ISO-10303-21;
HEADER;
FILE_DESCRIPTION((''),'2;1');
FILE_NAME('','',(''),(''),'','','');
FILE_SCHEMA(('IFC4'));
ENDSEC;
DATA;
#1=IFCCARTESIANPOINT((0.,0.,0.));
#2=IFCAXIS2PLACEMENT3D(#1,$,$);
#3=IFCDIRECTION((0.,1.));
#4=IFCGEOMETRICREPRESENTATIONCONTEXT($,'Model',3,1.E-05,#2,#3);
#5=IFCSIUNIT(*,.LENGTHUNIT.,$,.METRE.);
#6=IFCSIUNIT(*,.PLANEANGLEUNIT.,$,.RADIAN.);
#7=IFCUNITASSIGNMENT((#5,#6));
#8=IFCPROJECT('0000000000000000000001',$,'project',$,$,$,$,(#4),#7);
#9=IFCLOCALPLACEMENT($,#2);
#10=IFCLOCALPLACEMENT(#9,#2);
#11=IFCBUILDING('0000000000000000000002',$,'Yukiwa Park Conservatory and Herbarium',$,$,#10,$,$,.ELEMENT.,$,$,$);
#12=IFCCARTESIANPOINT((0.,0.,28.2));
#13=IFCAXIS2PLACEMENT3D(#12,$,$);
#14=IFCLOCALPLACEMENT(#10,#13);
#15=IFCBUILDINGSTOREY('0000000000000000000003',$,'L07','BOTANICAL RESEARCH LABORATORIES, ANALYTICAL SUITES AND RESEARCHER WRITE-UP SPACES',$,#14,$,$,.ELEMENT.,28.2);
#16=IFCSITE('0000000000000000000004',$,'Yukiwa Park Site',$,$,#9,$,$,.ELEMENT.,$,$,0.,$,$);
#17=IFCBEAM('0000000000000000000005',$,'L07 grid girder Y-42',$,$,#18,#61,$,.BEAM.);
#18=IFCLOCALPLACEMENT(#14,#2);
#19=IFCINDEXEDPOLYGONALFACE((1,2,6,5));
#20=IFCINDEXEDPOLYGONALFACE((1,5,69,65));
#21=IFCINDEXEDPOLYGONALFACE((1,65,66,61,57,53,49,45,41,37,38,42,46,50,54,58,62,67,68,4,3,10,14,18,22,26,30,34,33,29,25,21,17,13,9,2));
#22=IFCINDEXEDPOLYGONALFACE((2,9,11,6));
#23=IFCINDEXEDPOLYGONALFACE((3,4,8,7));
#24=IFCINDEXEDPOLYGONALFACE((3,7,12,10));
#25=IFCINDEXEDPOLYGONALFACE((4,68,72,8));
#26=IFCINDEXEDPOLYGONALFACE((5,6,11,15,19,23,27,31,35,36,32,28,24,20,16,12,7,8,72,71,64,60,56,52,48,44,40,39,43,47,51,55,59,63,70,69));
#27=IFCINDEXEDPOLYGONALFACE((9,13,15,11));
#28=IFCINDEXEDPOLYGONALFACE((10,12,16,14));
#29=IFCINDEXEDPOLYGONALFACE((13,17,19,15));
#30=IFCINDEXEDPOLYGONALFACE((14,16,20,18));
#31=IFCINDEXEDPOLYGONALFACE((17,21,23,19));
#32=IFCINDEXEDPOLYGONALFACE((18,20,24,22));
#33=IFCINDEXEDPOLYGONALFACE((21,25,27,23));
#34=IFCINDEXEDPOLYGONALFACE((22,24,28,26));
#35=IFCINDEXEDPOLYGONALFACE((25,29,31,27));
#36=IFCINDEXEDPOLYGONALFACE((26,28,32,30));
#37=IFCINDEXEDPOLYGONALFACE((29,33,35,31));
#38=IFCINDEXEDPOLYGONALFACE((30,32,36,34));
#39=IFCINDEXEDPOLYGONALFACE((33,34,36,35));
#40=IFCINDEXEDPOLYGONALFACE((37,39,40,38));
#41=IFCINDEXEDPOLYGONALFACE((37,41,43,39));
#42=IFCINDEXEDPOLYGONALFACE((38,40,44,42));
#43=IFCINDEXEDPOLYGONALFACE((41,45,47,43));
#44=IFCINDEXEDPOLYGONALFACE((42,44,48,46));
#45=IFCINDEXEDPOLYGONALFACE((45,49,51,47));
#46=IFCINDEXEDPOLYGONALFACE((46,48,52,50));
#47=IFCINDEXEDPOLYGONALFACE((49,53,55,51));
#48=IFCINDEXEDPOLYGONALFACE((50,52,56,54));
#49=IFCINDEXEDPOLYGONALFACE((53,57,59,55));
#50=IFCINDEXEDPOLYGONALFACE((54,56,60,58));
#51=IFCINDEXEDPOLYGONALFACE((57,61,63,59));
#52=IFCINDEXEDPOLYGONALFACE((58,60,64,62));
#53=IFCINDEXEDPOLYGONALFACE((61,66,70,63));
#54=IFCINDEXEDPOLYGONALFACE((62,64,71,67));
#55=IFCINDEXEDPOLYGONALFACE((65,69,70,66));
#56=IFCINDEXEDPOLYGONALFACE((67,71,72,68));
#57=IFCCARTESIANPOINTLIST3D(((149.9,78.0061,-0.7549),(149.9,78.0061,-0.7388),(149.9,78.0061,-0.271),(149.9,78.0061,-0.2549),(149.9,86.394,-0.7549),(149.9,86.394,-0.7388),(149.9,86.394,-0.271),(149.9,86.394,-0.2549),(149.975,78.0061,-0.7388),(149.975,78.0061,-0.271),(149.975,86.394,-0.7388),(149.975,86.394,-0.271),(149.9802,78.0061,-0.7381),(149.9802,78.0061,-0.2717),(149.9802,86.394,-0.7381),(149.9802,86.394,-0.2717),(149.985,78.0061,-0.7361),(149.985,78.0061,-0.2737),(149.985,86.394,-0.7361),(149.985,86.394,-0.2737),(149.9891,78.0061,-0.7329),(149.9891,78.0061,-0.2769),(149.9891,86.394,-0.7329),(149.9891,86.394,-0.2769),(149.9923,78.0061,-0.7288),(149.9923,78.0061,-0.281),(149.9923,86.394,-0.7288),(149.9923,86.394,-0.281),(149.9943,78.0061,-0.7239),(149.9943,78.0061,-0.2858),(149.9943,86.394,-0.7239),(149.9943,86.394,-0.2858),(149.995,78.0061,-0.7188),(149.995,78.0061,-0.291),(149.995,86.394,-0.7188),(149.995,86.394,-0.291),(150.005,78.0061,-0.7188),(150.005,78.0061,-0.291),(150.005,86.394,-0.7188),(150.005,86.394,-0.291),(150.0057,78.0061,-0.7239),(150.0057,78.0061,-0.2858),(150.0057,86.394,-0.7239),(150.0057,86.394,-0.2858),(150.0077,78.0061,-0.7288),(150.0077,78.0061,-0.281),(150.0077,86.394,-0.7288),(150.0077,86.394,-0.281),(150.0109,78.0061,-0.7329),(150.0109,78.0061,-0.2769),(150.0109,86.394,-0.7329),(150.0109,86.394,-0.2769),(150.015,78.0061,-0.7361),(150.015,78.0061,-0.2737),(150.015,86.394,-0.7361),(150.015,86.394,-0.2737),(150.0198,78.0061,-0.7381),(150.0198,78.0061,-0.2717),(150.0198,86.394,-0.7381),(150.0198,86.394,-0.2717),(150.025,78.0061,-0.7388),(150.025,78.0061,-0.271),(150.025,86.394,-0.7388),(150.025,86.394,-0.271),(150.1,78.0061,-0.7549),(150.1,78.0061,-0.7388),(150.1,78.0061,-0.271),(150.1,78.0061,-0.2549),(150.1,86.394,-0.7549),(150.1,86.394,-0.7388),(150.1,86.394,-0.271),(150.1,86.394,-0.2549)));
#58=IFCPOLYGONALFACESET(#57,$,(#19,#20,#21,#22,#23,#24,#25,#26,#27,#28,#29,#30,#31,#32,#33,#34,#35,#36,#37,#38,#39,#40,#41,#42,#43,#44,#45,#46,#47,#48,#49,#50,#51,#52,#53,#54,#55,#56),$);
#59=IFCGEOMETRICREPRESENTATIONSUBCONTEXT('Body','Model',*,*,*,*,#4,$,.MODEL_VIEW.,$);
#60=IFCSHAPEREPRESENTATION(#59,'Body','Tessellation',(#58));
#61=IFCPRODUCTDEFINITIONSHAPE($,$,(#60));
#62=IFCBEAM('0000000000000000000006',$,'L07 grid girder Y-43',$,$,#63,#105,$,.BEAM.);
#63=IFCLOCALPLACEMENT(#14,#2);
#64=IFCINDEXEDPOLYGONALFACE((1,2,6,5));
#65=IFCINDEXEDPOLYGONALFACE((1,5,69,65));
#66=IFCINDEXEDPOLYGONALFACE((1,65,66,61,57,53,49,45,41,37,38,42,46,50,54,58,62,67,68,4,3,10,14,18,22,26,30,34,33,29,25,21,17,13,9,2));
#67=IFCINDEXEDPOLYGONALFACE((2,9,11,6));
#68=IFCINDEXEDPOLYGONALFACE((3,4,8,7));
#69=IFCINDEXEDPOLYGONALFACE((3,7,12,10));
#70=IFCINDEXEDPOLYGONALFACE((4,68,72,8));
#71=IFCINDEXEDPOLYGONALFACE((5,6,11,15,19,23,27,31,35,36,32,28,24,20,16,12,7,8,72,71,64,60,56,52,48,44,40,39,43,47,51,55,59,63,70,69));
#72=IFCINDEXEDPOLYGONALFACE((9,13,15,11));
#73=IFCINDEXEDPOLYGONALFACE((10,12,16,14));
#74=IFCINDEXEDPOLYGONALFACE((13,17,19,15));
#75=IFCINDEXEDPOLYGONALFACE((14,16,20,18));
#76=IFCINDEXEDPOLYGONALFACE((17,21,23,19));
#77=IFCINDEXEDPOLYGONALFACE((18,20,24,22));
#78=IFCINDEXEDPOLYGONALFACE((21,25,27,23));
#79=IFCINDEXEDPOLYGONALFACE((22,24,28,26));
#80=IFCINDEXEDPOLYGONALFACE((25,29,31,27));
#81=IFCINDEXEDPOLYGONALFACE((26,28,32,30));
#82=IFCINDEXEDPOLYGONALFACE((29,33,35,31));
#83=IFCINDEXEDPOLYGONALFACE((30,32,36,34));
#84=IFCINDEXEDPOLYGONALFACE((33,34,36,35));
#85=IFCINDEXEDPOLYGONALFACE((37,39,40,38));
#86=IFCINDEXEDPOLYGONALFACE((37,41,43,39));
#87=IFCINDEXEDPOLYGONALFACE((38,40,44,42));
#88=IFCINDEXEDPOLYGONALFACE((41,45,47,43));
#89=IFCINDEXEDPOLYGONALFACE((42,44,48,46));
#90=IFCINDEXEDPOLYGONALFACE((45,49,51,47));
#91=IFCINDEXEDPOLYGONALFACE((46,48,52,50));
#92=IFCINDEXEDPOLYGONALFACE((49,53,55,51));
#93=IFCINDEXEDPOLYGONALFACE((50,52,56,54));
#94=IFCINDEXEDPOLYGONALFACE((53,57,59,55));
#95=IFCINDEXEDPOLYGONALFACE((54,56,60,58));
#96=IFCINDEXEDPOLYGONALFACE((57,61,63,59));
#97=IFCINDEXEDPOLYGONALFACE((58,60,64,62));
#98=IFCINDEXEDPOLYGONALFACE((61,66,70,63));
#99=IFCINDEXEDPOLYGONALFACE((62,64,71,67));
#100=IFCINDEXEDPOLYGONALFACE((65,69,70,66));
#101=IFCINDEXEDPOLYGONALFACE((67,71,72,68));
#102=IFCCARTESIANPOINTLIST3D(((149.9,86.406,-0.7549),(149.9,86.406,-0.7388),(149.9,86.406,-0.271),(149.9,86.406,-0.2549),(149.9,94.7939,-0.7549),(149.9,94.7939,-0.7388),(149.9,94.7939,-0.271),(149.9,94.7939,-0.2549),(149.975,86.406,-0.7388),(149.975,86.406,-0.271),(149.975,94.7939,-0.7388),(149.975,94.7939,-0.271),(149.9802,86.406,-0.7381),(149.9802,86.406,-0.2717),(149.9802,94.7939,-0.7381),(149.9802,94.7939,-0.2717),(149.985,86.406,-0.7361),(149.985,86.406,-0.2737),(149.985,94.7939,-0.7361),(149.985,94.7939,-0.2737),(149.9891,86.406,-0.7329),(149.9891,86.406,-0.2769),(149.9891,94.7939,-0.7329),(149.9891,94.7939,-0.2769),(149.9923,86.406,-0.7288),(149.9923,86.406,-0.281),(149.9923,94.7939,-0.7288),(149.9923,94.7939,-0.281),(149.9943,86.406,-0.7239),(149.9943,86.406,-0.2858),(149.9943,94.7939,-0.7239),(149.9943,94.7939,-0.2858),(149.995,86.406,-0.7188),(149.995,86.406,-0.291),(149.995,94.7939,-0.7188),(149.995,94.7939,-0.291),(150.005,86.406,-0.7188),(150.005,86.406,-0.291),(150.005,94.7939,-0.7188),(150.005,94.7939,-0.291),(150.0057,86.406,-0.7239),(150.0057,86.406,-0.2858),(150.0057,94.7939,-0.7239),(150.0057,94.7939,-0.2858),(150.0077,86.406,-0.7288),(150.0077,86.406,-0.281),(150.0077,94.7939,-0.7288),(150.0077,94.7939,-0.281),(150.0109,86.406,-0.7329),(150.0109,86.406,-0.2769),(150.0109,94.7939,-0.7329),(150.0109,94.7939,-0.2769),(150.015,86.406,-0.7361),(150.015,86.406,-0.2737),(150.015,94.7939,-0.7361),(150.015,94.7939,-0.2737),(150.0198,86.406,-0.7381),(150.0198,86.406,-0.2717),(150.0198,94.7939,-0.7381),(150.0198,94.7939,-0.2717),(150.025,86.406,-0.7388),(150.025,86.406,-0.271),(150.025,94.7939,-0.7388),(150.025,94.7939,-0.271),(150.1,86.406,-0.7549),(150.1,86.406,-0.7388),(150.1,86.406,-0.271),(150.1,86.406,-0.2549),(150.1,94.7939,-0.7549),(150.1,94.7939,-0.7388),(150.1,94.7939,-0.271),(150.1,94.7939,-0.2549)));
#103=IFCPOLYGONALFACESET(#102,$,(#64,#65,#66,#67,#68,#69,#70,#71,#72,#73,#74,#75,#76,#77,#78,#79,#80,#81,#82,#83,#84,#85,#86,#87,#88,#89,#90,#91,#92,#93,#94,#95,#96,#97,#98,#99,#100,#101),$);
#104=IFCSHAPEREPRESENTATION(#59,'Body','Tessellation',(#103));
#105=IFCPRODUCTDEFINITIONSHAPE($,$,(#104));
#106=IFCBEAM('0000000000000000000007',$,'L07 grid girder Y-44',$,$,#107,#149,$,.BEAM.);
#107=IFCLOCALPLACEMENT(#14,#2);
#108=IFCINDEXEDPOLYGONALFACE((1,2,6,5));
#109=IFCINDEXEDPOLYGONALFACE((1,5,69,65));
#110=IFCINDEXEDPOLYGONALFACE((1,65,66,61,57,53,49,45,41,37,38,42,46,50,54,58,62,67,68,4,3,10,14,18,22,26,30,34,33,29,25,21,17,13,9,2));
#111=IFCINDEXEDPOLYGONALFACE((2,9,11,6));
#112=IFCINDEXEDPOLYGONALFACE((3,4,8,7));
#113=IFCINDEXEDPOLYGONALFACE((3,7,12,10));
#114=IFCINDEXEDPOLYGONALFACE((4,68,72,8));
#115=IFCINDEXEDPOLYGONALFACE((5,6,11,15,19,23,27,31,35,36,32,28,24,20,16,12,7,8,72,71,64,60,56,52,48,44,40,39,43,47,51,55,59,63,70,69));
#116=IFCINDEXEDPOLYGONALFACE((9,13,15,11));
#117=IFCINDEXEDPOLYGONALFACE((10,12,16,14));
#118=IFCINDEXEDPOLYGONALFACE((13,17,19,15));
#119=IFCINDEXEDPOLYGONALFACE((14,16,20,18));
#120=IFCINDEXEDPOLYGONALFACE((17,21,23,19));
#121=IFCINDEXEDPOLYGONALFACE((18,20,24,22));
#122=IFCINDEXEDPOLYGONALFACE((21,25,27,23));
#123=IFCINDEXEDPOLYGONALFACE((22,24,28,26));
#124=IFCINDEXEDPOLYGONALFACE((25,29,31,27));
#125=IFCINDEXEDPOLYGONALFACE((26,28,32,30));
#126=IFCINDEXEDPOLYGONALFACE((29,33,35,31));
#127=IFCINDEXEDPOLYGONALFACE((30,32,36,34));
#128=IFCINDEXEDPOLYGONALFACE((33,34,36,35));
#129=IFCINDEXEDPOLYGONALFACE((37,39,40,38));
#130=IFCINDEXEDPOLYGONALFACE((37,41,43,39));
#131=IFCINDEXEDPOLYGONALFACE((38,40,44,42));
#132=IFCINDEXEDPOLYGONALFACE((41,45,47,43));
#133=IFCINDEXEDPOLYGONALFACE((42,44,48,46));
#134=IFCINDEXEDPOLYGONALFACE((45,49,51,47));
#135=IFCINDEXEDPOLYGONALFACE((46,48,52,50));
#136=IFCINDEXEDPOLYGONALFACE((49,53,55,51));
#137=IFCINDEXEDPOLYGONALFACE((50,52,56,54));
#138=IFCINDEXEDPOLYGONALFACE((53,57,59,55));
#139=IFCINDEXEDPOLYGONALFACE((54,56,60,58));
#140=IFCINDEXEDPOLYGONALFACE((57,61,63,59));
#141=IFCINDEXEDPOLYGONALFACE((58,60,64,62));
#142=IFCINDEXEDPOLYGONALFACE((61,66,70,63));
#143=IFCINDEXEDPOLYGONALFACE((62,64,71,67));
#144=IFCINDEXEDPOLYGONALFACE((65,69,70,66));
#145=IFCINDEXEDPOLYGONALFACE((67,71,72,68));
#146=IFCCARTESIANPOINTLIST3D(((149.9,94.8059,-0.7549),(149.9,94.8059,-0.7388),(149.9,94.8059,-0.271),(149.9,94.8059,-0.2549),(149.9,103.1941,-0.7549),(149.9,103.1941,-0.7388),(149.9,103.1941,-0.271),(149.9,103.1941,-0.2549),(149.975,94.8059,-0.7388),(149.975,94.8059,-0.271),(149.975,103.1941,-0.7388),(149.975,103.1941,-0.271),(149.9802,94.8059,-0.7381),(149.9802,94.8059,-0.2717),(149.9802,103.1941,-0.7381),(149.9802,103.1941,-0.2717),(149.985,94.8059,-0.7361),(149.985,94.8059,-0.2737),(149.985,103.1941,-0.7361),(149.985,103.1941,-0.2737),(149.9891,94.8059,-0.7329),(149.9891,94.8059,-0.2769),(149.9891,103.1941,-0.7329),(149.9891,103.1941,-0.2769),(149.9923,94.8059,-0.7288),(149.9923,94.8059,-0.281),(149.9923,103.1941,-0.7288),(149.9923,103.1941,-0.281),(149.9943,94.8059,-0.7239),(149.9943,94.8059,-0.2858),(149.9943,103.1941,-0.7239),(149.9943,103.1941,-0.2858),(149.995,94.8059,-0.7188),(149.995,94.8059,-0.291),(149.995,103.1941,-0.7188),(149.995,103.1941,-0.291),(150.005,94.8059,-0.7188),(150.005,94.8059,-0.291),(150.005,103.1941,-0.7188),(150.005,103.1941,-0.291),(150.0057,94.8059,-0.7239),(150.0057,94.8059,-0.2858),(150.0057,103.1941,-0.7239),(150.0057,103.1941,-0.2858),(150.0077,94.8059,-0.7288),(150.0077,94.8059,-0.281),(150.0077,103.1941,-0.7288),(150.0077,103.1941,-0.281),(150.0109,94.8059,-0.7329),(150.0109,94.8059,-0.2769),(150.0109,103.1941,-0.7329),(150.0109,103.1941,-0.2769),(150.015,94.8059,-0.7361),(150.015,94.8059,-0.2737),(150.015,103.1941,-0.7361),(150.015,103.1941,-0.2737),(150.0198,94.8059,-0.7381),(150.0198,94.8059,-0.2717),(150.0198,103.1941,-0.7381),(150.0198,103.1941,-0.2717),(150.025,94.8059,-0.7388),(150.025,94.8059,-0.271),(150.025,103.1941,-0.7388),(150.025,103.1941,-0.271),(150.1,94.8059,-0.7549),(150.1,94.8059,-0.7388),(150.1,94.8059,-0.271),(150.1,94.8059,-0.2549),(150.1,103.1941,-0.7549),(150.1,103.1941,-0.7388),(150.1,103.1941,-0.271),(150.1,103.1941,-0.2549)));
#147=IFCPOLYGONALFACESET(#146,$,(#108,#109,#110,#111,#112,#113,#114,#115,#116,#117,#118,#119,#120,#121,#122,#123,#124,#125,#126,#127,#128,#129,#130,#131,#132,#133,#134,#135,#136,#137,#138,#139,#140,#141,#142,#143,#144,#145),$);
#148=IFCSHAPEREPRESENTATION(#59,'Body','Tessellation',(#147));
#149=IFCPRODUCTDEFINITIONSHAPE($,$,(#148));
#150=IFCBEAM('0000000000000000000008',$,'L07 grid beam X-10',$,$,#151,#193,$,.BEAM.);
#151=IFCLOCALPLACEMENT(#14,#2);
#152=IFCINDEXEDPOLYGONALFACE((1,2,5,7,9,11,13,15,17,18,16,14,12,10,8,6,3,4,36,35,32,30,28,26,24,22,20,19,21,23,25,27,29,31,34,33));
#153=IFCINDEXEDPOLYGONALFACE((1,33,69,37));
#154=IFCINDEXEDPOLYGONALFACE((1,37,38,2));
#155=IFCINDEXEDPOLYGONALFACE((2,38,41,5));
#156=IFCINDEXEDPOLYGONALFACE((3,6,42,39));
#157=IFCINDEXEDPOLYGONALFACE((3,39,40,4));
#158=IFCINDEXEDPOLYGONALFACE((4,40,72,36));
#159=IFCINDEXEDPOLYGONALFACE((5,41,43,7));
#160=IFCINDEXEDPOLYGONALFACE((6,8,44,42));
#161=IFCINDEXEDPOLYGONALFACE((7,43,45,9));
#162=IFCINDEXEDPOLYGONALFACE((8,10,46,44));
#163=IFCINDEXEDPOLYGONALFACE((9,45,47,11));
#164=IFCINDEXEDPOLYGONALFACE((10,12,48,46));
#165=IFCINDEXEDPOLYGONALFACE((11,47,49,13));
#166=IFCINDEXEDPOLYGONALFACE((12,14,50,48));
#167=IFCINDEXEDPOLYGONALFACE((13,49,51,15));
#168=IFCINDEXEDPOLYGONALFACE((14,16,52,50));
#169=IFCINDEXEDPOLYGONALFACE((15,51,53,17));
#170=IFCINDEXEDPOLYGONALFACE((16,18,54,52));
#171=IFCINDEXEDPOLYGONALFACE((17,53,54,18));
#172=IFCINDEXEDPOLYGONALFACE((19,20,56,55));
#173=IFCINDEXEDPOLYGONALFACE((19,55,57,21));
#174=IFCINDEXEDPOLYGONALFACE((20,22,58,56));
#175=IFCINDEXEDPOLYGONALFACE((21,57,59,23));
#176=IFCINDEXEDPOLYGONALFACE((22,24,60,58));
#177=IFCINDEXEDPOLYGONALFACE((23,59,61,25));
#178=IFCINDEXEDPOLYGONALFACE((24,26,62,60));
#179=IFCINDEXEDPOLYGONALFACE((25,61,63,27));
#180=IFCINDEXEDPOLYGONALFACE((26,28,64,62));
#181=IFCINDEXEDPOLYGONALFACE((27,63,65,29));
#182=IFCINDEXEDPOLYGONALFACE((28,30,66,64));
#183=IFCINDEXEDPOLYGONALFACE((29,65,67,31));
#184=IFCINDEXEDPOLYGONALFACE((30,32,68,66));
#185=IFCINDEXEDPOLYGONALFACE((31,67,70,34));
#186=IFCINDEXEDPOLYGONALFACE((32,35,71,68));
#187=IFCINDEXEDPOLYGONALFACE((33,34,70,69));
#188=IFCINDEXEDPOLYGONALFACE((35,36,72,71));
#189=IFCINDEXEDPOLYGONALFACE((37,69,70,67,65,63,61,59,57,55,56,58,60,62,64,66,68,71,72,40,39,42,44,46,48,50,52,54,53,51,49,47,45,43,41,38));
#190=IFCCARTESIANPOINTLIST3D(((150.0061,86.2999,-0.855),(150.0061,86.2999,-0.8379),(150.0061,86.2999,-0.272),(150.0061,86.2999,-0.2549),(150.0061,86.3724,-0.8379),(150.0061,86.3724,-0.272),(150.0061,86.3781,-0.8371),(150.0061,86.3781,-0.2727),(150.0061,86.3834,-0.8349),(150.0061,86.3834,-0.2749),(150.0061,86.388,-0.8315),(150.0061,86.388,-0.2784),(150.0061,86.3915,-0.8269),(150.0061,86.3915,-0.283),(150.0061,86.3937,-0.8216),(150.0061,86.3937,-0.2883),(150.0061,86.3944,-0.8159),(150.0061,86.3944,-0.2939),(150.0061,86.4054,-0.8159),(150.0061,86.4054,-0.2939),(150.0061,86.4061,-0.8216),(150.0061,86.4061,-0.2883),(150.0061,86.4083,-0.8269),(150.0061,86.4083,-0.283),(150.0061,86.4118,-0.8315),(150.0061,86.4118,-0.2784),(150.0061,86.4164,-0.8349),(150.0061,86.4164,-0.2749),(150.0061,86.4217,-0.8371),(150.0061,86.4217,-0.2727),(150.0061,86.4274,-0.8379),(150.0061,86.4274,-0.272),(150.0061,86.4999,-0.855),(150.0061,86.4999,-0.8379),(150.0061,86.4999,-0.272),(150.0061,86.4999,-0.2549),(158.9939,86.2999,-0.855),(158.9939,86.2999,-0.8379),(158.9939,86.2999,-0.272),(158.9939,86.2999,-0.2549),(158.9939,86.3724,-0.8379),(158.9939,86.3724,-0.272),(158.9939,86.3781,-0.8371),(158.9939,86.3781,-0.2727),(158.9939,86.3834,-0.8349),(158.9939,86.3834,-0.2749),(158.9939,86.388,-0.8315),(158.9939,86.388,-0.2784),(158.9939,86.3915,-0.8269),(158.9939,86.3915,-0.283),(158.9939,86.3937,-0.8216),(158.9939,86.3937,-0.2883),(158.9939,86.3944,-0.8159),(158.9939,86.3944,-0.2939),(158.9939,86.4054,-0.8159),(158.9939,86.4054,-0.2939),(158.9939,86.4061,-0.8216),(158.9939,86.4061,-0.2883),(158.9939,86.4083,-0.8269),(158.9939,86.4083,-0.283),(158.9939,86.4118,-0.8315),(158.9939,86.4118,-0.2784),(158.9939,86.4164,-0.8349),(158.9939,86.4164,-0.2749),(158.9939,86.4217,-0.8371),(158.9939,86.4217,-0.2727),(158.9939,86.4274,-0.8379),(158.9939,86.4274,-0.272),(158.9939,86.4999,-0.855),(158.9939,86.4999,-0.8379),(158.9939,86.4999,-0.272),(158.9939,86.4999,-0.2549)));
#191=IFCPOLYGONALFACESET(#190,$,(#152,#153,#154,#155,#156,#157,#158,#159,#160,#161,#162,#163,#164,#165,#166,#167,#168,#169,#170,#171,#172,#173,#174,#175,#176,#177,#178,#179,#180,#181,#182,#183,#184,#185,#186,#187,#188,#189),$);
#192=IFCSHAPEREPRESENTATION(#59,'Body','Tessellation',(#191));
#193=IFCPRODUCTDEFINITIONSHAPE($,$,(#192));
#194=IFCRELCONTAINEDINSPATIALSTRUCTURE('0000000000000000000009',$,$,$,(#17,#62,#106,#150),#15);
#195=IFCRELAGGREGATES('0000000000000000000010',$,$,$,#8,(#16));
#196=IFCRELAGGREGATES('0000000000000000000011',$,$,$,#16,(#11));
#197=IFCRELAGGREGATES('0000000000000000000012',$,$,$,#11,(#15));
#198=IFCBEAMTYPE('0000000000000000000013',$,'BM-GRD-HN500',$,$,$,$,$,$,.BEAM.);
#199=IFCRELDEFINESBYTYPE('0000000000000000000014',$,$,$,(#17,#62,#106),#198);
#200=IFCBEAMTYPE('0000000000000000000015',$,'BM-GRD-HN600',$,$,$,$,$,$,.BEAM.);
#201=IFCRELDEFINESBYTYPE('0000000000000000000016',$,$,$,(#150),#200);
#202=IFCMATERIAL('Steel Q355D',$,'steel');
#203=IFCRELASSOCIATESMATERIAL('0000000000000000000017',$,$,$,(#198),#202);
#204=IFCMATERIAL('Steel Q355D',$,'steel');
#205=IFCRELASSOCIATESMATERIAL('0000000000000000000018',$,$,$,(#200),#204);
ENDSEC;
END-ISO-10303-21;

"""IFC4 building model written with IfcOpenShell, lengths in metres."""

from ifc_helpers import new_model, si_unit, direction, frame, origin, origin_2d, place, context, subcontext, project, spatial, i_section, extrude, material, material_profile, profile_set, type_object, element, save


model = new_model("IFC4")

# Units and contexts
model_context = context("Model", 3, precision=1e-05, world=origin(), true_north=direction((0.0, 1.0)))
body_context = subcontext(model_context, "Body", "Model", "MODEL_VIEW")
ifc_project = project(units=[si_unit("LENGTHUNIT", "METRE"), si_unit("PLANEANGLEUNIT", "RADIAN")], contexts=[model_context])

# Site, building, storey
site_placement = place(None, origin())
site = spatial("IfcSite", under=ifc_project, at=site_placement, Name="Yukiwa Park Site", CompositionType="ELEMENT", RefElevation=0.0)
building_placement = place(site_placement, origin())
building = spatial("IfcBuilding", under=site, at=building_placement, Name="Yukiwa Park Conservatory and Herbarium", CompositionType="ELEMENT")
storey_placement = place(building_placement, frame((0.0, 0.0, 28.2)))
storey = spatial("IfcBuildingStorey", under=building, at=storey_placement, Name="L07", Description="BOTANICAL RESEARCH LABORATORIES, ANALYTICAL SUITES AND RESEARCHER WRITE-UP SPACES", CompositionType="ELEMENT", Elevation=28.2)

# Beams
ifc_material_1 = material(Name="Steel Q355D", Category="steel")
ifc_material_profile_1 = material_profile(ifc_material_1, i_section(OverallWidth=0.2, OverallDepth=0.5, WebThickness=0.01, FlangeThickness=0.0161, FilletRadius=0.02, at=origin_2d()), Name="HN 500x200x10x16")
ifc_profile_set_1 = profile_set([ifc_material_profile_1], Name="Steel Q355D")
beam_type_1 = type_object("IfcBeamType", Name="BM-GRD-HN500", PredefinedType="BEAM", material=ifc_profile_set_1)
for number, where, z_axis, x_axis, name in (
    (1, (150.0, 78.0061, -0.5049), (0.0, 1.0, 0.0), (-1.0, 0.0, 0.0), "L07 grid girder Y-42"),
    (2, (150.0, 86.406, -0.5049), (0.0, 1.0, 0.0), (-1.0, 0.0, 0.0), "L07 grid girder Y-43"),
):
    element("IfcBeam", number, at=place(storey_placement, frame(where, z_axis=z_axis, x_axis=x_axis)), inside=storey, type_object=beam_type_1, Name=name, PredefinedType="BEAM", context=body_context, shape_type="SweptSolid", body=[
        extrude(i_section(OverallWidth=0.2, OverallDepth=0.5, WebThickness=0.01, FlangeThickness=0.0161, FilletRadius=0.02, at=origin_2d()), origin(), (0.0, 0.0, 1.0), 8.3879),
    ])
beam_1_placement = place(storey_placement, frame((150.0, 94.8059, -0.5049), z_axis=(0.0, 1.0, 0.0), x_axis=(-1.0, 0.0, 0.0)))
element("IfcBeam", 3, at=beam_1_placement, inside=storey, type_object=beam_type_1, Name="L07 grid girder Y-44", PredefinedType="BEAM", context=body_context, shape_type="SweptSolid", body=[
    extrude(i_section(OverallWidth=0.2, OverallDepth=0.5, WebThickness=0.01, FlangeThickness=0.0161, FilletRadius=0.02, at=origin_2d()), origin(), (0.0, 0.0, 1.0), 8.3882),
])
ifc_material_2 = material(Name="Steel Q355D", Category="steel")
ifc_material_profile_2 = material_profile(ifc_material_2, i_section(OverallWidth=0.2, OverallDepth=0.6001, WebThickness=0.011, FlangeThickness=0.0171, FilletRadius=0.022, at=origin_2d()), Name="HN 600x200x11x17")
ifc_profile_set_2 = profile_set([ifc_material_profile_2], Name="Steel Q355D")
beam_type_2 = type_object("IfcBeamType", Name="BM-GRD-HN600", PredefinedType="BEAM", material=ifc_profile_set_2)
beam_2_placement = place(storey_placement, frame((150.0061, 86.3999, -0.5549), z_axis=(1.0, 0.0, 0.0), x_axis=(0.0, 1.0, 0.0)))
element("IfcBeam", 4, at=beam_2_placement, inside=storey, type_object=beam_type_2, Name="L07 grid beam X-10", PredefinedType="BEAM", context=body_context, shape_type="SweptSolid", body=[
    extrude(i_section(OverallWidth=0.2, OverallDepth=0.6001, WebThickness=0.011, FlangeThickness=0.0171, FilletRadius=0.022, at=origin_2d()), origin(), (0.0, 0.0, 1.0), 8.9878),
])

save(model, "model.ifc")
